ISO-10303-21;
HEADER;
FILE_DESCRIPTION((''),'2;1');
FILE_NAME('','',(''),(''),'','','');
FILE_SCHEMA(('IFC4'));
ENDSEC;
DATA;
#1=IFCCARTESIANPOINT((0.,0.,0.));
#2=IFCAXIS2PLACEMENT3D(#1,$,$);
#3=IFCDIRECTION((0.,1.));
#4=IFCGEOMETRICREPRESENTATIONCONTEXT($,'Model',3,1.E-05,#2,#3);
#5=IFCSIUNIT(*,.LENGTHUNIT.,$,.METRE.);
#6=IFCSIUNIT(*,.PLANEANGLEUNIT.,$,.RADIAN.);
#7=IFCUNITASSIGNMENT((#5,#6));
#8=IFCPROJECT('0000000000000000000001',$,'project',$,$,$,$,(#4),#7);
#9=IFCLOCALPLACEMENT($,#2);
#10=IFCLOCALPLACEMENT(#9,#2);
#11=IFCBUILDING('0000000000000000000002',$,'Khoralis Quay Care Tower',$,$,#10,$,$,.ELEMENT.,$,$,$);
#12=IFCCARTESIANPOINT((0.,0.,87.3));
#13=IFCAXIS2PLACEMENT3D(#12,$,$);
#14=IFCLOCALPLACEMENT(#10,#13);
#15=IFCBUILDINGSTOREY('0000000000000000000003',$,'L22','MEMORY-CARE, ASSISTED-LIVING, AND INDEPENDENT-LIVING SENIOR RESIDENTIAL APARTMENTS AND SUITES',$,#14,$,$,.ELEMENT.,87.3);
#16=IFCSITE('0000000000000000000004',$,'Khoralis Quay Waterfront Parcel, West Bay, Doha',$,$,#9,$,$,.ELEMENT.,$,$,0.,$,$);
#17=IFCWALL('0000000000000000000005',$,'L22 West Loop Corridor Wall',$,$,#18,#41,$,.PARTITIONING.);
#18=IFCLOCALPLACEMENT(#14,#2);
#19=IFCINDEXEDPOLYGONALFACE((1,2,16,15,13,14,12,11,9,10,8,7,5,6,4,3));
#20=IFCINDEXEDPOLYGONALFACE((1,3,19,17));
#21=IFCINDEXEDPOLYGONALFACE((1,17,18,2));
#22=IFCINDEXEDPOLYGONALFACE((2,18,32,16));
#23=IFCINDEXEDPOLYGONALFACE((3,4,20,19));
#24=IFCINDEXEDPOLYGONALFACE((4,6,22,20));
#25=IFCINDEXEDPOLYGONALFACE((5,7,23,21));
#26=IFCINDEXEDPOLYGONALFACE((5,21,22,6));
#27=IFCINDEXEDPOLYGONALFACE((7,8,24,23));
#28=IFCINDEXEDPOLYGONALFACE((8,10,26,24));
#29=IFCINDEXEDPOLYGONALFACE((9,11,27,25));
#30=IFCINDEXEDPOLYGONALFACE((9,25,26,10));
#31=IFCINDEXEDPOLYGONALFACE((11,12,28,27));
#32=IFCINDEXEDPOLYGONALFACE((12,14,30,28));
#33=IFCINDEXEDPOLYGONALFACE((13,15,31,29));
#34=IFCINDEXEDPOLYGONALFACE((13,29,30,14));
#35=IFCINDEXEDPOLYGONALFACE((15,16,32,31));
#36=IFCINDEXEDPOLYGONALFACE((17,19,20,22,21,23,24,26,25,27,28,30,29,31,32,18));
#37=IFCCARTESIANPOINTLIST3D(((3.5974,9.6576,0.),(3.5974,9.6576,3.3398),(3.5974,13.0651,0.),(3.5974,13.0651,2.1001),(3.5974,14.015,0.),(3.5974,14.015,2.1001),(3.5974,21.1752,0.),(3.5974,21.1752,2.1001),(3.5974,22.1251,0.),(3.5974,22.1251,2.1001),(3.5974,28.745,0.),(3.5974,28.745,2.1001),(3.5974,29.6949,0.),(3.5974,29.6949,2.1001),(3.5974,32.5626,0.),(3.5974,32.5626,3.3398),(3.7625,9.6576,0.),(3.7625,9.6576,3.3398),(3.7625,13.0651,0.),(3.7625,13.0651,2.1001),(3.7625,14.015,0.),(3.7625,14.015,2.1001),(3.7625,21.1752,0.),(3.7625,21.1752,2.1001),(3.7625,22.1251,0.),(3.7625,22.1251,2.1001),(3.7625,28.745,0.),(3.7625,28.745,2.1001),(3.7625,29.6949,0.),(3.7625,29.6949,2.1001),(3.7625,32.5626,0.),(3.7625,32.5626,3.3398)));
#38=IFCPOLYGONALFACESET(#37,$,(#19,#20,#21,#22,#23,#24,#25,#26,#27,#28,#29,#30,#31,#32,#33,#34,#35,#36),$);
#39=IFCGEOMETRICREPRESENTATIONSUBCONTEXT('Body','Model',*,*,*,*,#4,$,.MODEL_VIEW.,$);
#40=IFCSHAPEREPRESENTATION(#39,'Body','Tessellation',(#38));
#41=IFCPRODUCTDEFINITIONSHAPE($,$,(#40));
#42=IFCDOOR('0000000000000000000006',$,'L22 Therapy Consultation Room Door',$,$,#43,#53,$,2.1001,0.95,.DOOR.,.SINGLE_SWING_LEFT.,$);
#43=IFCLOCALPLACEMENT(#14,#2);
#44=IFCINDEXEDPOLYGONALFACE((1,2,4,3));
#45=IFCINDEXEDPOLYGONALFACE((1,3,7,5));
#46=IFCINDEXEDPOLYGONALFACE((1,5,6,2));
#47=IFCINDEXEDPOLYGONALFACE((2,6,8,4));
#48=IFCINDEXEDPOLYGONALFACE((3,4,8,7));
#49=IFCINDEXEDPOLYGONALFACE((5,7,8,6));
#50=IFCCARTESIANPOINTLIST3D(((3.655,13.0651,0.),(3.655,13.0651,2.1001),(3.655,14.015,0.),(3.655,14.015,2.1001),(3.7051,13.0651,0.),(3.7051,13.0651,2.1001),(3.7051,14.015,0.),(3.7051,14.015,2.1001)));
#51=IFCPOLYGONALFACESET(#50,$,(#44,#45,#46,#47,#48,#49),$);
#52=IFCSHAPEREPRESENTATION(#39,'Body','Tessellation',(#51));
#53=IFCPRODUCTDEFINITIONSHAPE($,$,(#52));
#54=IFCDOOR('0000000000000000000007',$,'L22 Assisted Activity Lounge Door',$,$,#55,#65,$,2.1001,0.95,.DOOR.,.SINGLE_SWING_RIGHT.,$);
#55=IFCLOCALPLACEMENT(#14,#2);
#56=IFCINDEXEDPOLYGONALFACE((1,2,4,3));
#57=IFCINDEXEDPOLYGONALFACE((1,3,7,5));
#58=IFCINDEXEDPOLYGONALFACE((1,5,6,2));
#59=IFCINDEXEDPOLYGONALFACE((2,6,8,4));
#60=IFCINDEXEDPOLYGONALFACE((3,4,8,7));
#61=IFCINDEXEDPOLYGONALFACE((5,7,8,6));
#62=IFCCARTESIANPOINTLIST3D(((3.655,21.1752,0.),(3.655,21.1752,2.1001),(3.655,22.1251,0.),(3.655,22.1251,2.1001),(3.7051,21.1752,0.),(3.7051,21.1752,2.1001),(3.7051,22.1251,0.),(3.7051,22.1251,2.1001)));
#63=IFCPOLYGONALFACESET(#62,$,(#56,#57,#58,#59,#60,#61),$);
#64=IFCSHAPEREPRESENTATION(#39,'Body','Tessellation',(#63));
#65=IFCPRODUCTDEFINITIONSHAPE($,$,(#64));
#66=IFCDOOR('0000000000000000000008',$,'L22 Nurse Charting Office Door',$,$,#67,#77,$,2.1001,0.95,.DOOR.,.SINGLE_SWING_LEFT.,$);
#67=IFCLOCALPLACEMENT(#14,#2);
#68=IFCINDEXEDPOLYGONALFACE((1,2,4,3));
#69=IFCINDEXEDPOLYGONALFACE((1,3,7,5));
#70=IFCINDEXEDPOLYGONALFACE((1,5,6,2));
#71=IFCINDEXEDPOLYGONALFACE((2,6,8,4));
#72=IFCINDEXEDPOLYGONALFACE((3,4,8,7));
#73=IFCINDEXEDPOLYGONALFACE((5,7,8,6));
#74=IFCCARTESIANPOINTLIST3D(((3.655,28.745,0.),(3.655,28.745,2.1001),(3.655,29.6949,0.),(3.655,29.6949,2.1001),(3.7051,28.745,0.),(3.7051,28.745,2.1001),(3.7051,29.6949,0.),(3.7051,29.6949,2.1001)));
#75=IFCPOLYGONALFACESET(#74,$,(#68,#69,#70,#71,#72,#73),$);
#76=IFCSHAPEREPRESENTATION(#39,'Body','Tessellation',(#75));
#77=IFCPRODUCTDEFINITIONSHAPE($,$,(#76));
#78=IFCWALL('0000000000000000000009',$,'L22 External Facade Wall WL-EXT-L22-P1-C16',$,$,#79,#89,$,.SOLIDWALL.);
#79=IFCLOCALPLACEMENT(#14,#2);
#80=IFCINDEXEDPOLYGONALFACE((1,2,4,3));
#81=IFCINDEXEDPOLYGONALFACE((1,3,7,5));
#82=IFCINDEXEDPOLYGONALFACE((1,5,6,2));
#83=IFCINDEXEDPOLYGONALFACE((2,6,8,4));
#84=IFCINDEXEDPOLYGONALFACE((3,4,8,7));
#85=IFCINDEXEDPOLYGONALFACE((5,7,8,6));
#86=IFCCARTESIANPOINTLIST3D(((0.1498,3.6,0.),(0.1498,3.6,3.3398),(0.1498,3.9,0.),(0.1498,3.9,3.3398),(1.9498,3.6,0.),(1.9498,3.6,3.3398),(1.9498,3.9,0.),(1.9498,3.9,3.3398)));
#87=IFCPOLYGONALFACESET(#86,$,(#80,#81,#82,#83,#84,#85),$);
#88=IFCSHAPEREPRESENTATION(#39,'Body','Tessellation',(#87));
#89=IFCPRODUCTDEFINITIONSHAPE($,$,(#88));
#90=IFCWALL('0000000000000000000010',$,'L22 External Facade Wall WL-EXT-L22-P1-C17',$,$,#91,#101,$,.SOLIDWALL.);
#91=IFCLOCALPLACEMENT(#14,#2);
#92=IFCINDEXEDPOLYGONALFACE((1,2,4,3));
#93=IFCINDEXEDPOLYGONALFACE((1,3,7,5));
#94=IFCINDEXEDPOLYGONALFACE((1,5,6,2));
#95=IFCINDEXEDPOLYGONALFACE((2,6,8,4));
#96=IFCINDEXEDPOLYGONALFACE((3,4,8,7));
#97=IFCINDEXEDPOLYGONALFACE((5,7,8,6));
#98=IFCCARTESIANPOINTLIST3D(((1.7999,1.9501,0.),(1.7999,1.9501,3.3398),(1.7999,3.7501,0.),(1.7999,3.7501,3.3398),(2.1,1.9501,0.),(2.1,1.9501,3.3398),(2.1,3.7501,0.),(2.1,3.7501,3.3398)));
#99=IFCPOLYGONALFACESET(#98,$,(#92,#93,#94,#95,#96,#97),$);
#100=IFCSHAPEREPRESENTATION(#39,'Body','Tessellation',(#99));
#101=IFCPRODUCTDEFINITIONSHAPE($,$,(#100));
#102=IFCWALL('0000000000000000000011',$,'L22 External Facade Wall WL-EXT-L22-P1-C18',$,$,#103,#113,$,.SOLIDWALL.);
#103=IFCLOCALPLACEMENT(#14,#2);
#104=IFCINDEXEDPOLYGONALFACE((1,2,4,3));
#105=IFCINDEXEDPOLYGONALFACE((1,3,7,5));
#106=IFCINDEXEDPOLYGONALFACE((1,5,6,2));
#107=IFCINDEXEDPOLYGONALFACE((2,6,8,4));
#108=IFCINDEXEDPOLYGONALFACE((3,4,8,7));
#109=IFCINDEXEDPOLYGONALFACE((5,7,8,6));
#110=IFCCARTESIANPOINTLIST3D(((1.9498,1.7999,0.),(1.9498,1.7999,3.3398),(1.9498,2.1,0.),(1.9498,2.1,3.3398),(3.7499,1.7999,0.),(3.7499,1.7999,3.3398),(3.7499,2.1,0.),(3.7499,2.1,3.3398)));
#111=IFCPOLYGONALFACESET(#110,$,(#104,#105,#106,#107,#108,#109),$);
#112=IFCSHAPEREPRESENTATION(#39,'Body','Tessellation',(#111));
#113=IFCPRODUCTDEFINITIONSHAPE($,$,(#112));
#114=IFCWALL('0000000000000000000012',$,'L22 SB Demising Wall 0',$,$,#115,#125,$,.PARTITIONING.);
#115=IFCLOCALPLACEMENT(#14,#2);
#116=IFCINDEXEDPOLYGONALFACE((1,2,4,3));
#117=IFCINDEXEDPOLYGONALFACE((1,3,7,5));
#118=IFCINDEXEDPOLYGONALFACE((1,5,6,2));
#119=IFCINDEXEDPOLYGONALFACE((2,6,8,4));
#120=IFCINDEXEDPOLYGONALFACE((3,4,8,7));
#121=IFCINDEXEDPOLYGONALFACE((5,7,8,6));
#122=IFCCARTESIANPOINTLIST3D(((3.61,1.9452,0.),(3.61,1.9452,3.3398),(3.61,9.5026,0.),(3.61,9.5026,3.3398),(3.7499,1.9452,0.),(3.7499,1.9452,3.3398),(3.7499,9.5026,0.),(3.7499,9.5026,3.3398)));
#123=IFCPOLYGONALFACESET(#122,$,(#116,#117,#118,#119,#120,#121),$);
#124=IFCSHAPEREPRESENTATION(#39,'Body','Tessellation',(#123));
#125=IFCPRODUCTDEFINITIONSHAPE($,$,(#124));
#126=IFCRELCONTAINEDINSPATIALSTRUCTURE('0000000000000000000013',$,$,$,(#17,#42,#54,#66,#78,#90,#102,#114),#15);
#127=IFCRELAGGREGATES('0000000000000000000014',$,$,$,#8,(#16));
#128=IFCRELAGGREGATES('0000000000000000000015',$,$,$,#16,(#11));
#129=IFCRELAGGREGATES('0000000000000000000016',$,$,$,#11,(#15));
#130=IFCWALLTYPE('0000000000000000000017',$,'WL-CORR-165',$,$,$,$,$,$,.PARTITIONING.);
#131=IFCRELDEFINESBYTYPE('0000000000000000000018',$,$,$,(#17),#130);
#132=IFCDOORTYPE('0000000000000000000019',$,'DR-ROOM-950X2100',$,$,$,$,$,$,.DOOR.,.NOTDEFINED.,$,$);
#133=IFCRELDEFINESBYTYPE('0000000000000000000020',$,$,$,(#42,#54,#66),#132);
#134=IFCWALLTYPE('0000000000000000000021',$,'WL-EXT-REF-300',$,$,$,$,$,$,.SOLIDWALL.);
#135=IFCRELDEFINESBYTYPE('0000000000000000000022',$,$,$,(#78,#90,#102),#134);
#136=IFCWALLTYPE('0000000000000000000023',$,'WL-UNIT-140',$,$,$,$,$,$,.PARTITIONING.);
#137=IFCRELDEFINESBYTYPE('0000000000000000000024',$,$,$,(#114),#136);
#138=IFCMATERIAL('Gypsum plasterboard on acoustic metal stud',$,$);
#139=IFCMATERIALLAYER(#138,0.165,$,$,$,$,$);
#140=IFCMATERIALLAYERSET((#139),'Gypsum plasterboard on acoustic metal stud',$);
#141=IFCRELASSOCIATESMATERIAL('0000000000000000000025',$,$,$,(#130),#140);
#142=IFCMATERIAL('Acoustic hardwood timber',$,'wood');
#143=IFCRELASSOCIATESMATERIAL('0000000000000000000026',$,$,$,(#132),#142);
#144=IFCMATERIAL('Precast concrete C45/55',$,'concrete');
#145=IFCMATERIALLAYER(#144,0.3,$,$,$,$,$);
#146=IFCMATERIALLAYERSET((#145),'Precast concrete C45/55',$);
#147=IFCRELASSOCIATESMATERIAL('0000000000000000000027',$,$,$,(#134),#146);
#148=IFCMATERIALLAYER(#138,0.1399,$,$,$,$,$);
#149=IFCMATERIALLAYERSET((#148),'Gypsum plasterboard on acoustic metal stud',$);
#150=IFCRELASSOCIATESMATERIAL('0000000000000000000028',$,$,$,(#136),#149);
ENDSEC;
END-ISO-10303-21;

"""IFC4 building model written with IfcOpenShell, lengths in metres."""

from ifc_helpers import new_model, si_unit, direction, frame, frame_2d, origin, place, context, subcontext, project, spatial, rectangle, extrude, source, transform, mapped, material, layer, layer_set, type_object, element, fill, save


model = new_model("IFC4")

# Units and contexts
model_context = context("Model", 3, precision=1e-05, world=origin(), true_north=direction((0.0, 1.0)))
body_context = subcontext(model_context, "Body", "Model", "MODEL_VIEW")
ifc_project = project(units=[si_unit("LENGTHUNIT", "METRE"), si_unit("PLANEANGLEUNIT", "RADIAN")], contexts=[model_context])

# Site, building, storey
site_placement = place(None, origin())
site = spatial("IfcSite", under=ifc_project, at=site_placement, Name="Khoralis Quay Waterfront Parcel, West Bay, Doha", CompositionType="ELEMENT", RefElevation=0.0)
building_placement = place(site_placement, origin())
building = spatial("IfcBuilding", under=site, at=building_placement, Name="Khoralis Quay Care Tower", CompositionType="ELEMENT")
storey_placement = place(building_placement, frame((0.0, 0.0, 87.3)))
storey = spatial("IfcBuildingStorey", under=building, at=storey_placement, Name="L22", Description="MEMORY-CARE, ASSISTED-LIVING, AND INDEPENDENT-LIVING SENIOR RESIDENTIAL APARTMENTS AND SUITES", CompositionType="ELEMENT", Elevation=87.3)

# Shared definitions
ifc_material_1 = material(Name="Precast concrete C45/55", Category="concrete")

# Wall, openings, doors
ifc_material_2 = material(Name="Gypsum plasterboard on acoustic metal stud")
ifc_layer_1 = layer(ifc_material_2, 0.165)
ifc_layer_set_1 = layer_set([ifc_layer_1], Name="Gypsum plasterboard on acoustic metal stud")
wall_type_1 = type_object("IfcWallType", Name="WL-CORR-165", PredefinedType="PARTITIONING", material=ifc_layer_set_1)
ifc_material_3 = material(Name="Acoustic hardwood timber", Category="wood")
door_type_1 = type_object("IfcDoorType", Name="DR-ROOM-950X2100", OperationType="NOTDEFINED", PredefinedType="DOOR", material=ifc_material_3)
shared_shape_1 = source(origin(), body_context, "Body", "SweptSolid", [
    extrude(rectangle(XDim=0.95, YDim=2.1001, at=frame_2d((0.4751, 1.05))), frame((0.0, 0.0249, 0.0), z_axis=(0.0, -1.0, 0.0), x_axis=(1.0, 0.0, 0.0)), (0.0, 0.0, 1.0), 0.05),
])
wall_1_placement = place(storey_placement, frame((3.6799, 9.6575, 0.0), z_axis=(0.0, 0.0, 1.0), x_axis=(0.0, 1.0, 0.0)))
wall_1 = element("IfcWall", 1, at=wall_1_placement, inside=storey, type_object=wall_type_1, Name="L22 West Loop Corridor Wall", PredefinedType="PARTITIONING", context=body_context, shape_type="SweptSolid", body=[
    extrude(rectangle(XDim=22.905, YDim=0.165, at=frame_2d((11.4526, 0.0))), origin(), (0.0, 0.0, 1.0), 3.3398),
])
opening_1_placement = place(wall_1_placement, frame((3.4075, 0.0, 0.0)))
opening_1 = element("IfcOpeningElement", 2, at=opening_1_placement, cuts=wall_1, PredefinedType="OPENING", context=body_context, shape_type="SweptSolid", body=[
    extrude(rectangle(XDim=0.95, YDim=2.1001, at=frame_2d((0.4751, 1.05))), frame((0.0, 0.0925, 0.0), z_axis=(0.0, -1.0, 0.0), x_axis=(1.0, 0.0, 0.0)), (0.0, 0.0, 1.0), 0.1851),
])
opening_2_placement = place(wall_1_placement, frame((11.5176, 0.0, 0.0)))
opening_2 = element("IfcOpeningElement", 3, at=opening_2_placement, cuts=wall_1, PredefinedType="OPENING", context=body_context, shape_type="SweptSolid", body=[
    extrude(rectangle(XDim=0.95, YDim=2.1001, at=frame_2d((0.4751, 1.05))), frame((0.0, 0.0925, 0.0), z_axis=(0.0, -1.0, 0.0), x_axis=(1.0, 0.0, 0.0)), (0.0, 0.0, 1.0), 0.1851),
])
opening_3_placement = place(wall_1_placement, frame((19.0874, 0.0, 0.0)))
opening_3 = element("IfcOpeningElement", 4, at=opening_3_placement, cuts=wall_1, PredefinedType="OPENING", context=body_context, shape_type="SweptSolid", body=[
    extrude(rectangle(XDim=0.95, YDim=2.1001, at=frame_2d((0.4751, 1.05))), frame((0.0, 0.0925, 0.0), z_axis=(0.0, -1.0, 0.0), x_axis=(1.0, 0.0, 0.0)), (0.0, 0.0, 1.0), 0.1851),
])
door_1_placement = place(opening_1_placement, origin())
door_1 = element("IfcDoor", 5, at=door_1_placement, inside=storey, type_object=door_type_1, Name="L22 Therapy Consultation Room Door", OperationType="SINGLE_SWING_LEFT", OverallHeight=2.1001, OverallWidth=0.95, PredefinedType="DOOR", context=body_context, shape_type="MappedRepresentation", body=[
    mapped(shared_shape_1, transform((0.0, 0.0, 0.0), scale=1.0)),
])
fill(opening_1, door_1)
door_2_placement = place(opening_2_placement, origin())
door_2 = element("IfcDoor", 6, at=door_2_placement, inside=storey, type_object=door_type_1, Name="L22 Assisted Activity Lounge Door", OperationType="SINGLE_SWING_RIGHT", OverallHeight=2.1001, OverallWidth=0.95, PredefinedType="DOOR", context=body_context, shape_type="MappedRepresentation", body=[
    mapped(shared_shape_1, transform((0.0, 0.0, 0.0), scale=1.0)),
])
fill(opening_2, door_2)
door_3_placement = place(opening_3_placement, origin())
door_3 = element("IfcDoor", 7, at=door_3_placement, inside=storey, type_object=door_type_1, Name="L22 Nurse Charting Office Door", OperationType="SINGLE_SWING_LEFT", OverallHeight=2.1001, OverallWidth=0.95, PredefinedType="DOOR", context=body_context, shape_type="MappedRepresentation", body=[
    mapped(shared_shape_1, transform((0.0, 0.0, 0.0), scale=1.0)),
])
fill(opening_3, door_3)

# Walls
ifc_layer_2 = layer(ifc_material_1, 0.3)
ifc_layer_set_2 = layer_set([ifc_layer_2], Name="Precast concrete C45/55")
wall_type_2 = type_object("IfcWallType", Name="WL-EXT-REF-300", PredefinedType="SOLIDWALL", material=ifc_layer_set_2)
for number, where, z_axis, x_axis, name in (
    (8, (0.1499, 3.75, 0.0), (0.0, 0.0, 1.0), (1.0, 0.0, 0.0), "L22 External Facade Wall WL-EXT-L22-P1-C16"),
    (9, (1.95, 3.75, 0.0), (0.0, 0.0, 1.0), (0.0, -1.0, 0.0), "L22 External Facade Wall WL-EXT-L22-P1-C17"),
    (10, (1.95, 1.95, 0.0), (0.0, 0.0, 1.0), (1.0, 0.0, 0.0), "L22 External Facade Wall WL-EXT-L22-P1-C18"),
):
    element("IfcWall", number, at=place(storey_placement, frame(where, z_axis=z_axis, x_axis=x_axis)), inside=storey, type_object=wall_type_2, Name=name, PredefinedType="SOLIDWALL", context=body_context, shape_type="SweptSolid", body=[
        extrude(rectangle(XDim=1.8, YDim=0.3, at=frame_2d((0.8999, 0.0))), origin(), (0.0, 0.0, 1.0), 3.3398),
    ])
ifc_layer_3 = layer(ifc_material_2, 0.1399)
ifc_layer_set_3 = layer_set([ifc_layer_3], Name="Gypsum plasterboard on acoustic metal stud")
wall_type_3 = type_object("IfcWallType", Name="WL-UNIT-140", PredefinedType="PARTITIONING", material=ifc_layer_set_3)
wall_2_placement = place(storey_placement, frame((3.6799, 1.9451, 0.0), z_axis=(0.0, 0.0, 1.0), x_axis=(0.0, 1.0, 0.0)))
element("IfcWall", 11, at=wall_2_placement, inside=storey, type_object=wall_type_3, Name="L22 SB Demising Wall 0", PredefinedType="PARTITIONING", context=body_context, shape_type="SweptSolid", body=[
    extrude(rectangle(XDim=7.5574, YDim=0.1399, at=frame_2d((3.7788, 0.0))), origin(), (0.0, 0.0, 1.0), 3.3398),
])

save(model, "model.ifc")
